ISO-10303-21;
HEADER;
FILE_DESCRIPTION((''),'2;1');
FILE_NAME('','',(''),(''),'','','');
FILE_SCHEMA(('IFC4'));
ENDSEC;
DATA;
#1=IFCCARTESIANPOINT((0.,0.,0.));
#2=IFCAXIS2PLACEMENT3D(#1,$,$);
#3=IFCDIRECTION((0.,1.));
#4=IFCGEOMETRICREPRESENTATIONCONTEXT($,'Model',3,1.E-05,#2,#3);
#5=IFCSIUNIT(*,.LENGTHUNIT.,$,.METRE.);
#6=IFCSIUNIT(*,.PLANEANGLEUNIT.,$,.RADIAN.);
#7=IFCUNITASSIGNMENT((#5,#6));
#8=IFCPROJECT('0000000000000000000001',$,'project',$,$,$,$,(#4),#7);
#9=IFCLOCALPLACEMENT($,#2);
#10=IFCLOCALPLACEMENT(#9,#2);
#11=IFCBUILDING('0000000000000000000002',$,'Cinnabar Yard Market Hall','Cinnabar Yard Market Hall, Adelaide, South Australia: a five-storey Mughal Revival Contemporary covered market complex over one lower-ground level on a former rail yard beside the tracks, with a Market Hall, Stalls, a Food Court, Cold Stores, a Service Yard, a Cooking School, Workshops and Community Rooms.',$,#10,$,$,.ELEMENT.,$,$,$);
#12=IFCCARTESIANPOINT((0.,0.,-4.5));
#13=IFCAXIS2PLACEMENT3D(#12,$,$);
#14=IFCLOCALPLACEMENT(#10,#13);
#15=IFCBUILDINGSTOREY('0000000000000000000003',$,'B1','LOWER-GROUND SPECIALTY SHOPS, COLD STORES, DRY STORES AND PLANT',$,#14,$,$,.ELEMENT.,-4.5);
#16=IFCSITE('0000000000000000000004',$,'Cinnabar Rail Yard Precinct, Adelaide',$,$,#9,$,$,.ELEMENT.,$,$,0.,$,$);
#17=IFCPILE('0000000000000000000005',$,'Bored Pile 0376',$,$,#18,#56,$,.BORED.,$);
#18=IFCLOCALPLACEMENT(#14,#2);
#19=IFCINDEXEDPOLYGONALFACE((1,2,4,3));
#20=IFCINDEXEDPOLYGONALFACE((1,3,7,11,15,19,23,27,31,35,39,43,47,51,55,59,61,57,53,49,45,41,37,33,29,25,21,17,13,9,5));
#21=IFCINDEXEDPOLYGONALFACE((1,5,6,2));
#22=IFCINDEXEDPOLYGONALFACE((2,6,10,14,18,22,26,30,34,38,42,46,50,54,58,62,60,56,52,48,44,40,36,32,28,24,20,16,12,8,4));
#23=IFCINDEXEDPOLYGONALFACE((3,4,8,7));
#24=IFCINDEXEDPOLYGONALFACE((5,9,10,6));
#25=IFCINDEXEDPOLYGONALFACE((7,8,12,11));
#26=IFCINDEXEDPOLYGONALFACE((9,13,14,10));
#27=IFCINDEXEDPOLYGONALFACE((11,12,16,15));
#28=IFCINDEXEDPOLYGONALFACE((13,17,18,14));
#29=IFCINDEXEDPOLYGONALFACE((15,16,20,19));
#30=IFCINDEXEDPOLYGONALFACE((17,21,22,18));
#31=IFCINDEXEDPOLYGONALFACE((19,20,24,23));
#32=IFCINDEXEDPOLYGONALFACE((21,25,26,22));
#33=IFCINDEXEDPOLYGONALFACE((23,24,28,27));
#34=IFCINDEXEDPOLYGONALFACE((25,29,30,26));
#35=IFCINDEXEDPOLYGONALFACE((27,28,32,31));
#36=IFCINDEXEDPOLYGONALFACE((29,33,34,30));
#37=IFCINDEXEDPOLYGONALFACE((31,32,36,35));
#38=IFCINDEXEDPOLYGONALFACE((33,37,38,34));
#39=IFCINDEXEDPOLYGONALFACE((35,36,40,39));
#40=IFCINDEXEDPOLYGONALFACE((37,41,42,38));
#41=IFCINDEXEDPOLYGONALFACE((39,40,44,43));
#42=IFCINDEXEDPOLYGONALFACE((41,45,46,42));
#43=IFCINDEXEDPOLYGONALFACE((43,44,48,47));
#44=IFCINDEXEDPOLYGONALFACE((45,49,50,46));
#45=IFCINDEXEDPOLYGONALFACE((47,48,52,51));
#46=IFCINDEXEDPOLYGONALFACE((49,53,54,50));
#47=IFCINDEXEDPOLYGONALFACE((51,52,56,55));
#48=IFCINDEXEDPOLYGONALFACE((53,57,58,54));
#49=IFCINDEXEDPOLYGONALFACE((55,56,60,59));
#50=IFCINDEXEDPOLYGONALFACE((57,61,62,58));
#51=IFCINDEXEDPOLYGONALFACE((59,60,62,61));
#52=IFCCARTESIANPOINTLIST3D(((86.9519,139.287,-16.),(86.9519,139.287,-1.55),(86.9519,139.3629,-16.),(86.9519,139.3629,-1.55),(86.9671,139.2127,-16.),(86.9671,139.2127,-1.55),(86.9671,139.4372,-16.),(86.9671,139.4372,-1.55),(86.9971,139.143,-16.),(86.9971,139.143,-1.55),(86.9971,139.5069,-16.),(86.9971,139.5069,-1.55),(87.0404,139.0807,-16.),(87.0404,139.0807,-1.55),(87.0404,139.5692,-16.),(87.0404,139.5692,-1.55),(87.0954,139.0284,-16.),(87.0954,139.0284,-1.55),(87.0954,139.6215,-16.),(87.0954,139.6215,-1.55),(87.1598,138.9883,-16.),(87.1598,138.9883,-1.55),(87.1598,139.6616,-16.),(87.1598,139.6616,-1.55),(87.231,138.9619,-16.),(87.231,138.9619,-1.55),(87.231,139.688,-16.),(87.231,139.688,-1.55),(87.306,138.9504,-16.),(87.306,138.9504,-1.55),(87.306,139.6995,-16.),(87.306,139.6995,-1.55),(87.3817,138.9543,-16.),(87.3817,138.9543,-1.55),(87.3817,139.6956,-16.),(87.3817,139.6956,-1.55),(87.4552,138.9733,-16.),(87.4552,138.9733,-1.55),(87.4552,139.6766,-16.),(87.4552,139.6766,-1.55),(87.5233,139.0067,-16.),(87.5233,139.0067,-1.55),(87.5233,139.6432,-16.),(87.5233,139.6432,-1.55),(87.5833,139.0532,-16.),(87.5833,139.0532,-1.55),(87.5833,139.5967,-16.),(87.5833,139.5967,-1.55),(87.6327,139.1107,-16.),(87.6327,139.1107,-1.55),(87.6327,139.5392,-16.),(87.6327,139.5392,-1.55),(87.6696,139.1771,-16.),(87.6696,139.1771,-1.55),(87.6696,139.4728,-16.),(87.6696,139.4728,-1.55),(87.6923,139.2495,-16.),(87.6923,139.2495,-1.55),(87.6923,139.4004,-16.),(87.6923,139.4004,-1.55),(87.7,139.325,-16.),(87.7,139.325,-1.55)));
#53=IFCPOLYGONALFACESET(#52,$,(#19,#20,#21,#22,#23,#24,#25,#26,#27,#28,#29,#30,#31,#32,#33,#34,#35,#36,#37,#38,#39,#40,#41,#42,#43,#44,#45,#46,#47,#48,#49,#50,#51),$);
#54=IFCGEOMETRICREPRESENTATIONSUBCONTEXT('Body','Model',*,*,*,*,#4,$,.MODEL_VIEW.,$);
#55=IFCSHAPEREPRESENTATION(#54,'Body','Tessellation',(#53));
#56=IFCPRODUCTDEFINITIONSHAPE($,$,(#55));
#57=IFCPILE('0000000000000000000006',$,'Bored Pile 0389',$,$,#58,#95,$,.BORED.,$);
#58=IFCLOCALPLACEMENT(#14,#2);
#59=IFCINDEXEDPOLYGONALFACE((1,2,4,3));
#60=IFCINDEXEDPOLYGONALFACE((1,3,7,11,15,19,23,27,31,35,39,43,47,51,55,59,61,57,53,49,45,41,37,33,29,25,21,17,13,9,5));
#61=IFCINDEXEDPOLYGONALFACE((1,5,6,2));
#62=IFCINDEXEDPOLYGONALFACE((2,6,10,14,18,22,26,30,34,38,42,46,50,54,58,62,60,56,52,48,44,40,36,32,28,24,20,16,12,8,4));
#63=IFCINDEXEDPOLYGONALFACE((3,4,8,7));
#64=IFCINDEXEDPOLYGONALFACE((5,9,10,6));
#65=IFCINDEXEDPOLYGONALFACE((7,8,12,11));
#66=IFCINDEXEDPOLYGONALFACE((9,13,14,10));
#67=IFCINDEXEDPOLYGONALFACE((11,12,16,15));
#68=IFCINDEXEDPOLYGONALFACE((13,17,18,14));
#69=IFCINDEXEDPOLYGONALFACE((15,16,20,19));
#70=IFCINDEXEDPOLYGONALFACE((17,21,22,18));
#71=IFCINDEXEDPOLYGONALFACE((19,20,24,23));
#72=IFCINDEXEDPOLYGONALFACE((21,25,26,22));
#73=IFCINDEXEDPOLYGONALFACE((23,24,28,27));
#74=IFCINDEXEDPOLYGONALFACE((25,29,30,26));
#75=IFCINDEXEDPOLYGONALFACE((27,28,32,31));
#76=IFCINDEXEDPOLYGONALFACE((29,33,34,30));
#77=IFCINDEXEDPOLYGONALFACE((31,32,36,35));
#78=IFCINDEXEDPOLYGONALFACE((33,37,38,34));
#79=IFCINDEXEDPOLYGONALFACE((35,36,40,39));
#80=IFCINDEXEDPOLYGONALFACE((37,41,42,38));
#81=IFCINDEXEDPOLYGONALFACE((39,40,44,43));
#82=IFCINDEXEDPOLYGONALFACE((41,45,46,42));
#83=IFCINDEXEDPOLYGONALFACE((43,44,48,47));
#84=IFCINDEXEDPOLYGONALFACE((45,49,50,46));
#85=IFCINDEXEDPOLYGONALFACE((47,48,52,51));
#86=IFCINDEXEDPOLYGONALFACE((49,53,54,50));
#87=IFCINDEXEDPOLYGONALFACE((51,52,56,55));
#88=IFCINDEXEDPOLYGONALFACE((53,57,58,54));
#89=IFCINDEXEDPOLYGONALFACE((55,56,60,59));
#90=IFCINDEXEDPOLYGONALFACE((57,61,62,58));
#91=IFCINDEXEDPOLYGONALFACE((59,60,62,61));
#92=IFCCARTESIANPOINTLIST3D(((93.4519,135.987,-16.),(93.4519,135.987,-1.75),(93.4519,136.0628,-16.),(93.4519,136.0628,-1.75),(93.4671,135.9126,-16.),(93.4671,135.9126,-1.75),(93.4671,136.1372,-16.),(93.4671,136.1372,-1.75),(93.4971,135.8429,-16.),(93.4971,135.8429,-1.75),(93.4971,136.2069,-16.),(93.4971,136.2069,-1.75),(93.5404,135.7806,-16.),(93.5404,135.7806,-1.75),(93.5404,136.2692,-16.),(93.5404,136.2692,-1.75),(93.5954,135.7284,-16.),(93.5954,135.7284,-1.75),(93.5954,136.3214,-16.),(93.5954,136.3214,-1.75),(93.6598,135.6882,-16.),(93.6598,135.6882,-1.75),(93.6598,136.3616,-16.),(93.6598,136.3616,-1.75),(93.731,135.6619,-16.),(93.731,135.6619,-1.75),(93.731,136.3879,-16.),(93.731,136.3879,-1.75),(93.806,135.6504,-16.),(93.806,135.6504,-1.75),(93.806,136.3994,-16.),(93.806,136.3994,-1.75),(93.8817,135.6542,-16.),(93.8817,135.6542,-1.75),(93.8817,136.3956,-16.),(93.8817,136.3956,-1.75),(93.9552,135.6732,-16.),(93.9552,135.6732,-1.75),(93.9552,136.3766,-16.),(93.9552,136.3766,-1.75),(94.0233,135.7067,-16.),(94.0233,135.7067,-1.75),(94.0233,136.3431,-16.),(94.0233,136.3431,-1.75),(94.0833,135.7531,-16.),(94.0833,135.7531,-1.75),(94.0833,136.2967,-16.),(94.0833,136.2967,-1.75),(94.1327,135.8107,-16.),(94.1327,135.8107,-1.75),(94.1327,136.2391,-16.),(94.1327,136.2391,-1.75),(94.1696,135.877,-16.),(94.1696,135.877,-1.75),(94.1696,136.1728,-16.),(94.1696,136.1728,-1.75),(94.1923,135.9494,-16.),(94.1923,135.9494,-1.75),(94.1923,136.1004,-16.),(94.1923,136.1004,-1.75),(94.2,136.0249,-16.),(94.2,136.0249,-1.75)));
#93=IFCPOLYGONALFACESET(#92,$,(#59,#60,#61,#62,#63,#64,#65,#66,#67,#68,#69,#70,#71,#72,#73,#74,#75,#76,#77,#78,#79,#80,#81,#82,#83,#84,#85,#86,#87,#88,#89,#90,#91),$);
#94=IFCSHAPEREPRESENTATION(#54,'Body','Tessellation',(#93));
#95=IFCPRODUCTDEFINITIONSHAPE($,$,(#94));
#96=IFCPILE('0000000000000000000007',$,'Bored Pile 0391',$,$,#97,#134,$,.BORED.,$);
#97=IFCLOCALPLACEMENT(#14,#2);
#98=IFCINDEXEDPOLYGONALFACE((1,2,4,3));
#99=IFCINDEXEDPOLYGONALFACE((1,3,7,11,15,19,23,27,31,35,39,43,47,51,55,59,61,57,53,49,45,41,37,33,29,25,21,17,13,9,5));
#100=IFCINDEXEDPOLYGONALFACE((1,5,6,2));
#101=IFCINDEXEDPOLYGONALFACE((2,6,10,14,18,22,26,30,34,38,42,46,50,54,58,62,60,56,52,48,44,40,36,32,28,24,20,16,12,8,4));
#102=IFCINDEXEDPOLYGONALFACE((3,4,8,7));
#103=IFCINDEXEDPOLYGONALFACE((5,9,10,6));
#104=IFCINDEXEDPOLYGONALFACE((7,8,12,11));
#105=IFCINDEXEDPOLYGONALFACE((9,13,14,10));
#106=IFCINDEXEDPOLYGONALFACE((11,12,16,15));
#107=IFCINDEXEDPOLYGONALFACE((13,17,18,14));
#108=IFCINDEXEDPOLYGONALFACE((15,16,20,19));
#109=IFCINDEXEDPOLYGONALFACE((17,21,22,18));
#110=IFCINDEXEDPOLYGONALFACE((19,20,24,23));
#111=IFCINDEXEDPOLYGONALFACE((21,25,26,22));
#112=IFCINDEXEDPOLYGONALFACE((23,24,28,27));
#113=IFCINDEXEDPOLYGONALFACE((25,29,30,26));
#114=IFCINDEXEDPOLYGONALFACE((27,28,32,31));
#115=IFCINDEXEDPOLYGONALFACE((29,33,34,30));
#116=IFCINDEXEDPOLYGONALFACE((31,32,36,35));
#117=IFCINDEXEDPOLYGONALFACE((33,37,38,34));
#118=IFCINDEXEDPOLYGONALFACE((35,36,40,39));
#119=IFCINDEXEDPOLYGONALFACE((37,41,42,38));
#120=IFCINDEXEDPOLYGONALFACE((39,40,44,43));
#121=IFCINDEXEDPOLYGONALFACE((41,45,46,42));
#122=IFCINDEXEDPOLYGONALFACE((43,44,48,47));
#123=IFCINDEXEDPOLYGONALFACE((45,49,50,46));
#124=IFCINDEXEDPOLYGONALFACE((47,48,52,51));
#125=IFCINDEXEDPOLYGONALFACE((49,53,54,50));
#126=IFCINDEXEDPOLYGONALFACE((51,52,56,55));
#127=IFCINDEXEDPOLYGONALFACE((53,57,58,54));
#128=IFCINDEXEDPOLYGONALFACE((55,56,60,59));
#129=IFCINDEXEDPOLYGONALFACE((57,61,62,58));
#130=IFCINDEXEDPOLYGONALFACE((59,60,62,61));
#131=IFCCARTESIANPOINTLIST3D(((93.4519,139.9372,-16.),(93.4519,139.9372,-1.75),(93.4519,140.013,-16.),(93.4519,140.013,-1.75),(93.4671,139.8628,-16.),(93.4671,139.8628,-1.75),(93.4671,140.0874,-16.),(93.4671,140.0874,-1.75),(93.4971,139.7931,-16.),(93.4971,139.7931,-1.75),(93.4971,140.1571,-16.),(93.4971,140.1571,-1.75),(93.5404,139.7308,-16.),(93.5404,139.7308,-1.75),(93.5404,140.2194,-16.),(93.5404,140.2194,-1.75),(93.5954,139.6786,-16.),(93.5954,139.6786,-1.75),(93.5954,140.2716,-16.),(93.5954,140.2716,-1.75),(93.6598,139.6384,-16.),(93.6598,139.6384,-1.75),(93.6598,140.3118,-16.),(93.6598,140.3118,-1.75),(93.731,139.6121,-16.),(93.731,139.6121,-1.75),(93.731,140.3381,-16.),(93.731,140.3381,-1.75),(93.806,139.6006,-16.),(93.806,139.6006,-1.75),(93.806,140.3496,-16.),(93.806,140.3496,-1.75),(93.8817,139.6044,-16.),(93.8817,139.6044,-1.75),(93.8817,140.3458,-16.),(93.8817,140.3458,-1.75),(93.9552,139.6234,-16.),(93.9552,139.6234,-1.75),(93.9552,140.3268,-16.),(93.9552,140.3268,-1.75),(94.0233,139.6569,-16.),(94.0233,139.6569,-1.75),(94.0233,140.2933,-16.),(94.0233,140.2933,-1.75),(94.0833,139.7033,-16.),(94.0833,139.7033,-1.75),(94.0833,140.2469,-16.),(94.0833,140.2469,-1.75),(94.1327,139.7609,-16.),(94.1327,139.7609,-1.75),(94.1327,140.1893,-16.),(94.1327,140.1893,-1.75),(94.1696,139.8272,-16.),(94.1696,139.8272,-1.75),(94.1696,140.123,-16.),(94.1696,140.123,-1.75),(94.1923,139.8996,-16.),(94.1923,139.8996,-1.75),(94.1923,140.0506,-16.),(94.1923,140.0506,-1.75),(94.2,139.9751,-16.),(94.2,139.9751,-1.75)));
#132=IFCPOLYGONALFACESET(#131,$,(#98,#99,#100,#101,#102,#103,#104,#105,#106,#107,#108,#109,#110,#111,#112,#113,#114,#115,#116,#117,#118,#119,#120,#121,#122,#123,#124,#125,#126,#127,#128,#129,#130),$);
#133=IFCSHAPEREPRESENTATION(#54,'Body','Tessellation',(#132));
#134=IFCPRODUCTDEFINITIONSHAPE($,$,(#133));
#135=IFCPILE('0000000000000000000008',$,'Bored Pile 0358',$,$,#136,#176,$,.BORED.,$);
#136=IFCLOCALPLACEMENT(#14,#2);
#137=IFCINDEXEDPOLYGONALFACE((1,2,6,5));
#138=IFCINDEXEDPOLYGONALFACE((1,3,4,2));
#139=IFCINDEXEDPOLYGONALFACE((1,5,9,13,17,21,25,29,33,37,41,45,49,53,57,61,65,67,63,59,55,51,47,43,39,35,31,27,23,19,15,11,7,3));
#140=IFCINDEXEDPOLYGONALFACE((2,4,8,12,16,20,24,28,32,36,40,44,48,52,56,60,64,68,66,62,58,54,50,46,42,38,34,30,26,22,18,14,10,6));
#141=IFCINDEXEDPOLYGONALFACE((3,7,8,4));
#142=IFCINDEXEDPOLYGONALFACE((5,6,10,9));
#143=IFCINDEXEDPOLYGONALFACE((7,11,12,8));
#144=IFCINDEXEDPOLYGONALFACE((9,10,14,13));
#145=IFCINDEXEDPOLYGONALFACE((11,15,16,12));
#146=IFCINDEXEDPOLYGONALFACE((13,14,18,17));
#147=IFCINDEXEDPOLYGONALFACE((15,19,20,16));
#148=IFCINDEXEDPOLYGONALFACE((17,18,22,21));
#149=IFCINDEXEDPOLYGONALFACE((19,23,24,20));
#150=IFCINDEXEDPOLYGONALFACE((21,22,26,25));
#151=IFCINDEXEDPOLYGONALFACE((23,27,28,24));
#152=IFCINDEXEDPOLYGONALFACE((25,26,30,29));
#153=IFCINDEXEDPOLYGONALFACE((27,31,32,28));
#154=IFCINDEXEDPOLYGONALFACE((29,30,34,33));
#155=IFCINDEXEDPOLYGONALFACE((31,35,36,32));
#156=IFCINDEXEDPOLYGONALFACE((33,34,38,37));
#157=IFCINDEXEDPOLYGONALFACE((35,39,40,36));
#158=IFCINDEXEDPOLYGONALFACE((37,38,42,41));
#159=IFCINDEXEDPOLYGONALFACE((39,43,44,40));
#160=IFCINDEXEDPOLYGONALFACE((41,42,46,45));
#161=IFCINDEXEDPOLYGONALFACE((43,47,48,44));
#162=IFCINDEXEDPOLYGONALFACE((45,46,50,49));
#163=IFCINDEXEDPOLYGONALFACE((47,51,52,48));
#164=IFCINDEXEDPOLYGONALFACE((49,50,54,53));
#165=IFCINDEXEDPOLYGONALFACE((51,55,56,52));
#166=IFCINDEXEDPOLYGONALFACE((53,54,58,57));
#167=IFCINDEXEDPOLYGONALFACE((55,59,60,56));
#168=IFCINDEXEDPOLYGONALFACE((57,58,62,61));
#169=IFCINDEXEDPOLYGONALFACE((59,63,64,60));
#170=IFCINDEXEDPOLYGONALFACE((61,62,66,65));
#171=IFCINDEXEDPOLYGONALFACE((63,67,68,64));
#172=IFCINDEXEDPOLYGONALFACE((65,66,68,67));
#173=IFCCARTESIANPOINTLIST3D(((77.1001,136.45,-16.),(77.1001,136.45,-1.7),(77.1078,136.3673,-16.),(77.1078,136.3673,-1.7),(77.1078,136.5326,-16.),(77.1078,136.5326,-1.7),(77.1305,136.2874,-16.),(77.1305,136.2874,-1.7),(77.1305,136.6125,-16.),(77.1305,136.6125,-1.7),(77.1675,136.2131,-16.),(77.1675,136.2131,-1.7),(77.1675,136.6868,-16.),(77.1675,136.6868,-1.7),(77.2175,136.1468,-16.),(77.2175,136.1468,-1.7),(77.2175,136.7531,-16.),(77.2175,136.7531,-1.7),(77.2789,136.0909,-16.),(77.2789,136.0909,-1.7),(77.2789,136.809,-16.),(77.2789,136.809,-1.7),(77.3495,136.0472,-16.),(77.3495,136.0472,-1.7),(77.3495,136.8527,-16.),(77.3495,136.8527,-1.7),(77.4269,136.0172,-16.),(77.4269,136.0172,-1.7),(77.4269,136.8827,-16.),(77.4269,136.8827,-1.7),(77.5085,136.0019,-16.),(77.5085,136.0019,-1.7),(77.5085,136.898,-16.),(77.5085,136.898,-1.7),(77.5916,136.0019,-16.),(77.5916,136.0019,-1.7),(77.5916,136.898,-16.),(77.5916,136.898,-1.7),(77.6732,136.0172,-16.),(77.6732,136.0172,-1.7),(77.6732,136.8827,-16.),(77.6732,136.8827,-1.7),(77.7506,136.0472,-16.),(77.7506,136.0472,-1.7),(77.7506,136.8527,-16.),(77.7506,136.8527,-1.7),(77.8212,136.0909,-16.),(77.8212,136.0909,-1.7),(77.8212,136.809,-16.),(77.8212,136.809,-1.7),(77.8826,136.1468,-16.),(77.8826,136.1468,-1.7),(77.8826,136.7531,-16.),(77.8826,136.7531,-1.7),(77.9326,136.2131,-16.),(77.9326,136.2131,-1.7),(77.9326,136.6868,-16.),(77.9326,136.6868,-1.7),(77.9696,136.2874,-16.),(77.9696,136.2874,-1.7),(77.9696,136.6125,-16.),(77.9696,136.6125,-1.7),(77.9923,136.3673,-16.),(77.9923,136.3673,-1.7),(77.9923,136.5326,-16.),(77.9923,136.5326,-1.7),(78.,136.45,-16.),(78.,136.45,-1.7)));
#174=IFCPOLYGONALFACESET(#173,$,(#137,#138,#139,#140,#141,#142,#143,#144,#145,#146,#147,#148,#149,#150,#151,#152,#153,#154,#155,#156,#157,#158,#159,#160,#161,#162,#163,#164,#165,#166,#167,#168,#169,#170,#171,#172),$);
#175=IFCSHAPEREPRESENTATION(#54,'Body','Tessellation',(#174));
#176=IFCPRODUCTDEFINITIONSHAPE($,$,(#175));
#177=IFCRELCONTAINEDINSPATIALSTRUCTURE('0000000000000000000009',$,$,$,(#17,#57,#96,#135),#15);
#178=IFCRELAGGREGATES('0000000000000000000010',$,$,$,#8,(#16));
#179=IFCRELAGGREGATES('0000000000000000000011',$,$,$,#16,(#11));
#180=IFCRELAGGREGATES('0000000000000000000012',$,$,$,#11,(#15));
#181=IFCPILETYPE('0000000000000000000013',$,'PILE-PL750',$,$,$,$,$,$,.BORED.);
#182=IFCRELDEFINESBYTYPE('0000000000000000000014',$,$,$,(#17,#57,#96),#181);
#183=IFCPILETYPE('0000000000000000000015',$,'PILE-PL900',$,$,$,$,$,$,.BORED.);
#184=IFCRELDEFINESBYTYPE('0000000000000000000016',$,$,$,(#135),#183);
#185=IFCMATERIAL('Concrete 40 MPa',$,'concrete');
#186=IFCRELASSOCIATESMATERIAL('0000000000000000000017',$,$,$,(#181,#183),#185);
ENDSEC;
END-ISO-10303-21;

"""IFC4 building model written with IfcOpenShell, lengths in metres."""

from ifc_helpers import new_model, si_unit, direction, frame, origin, origin_2d_with_axis, place, context, subcontext, project, spatial, circle, extrude, material, material_profile, profile_set, type_object, element, save


model = new_model("IFC4")

# Units and contexts
model_context = context("Model", 3, precision=1e-05, world=origin(), true_north=direction((0.0, 1.0)))
body_context = subcontext(model_context, "Body", "Model", "MODEL_VIEW")
ifc_project = project(units=[si_unit("LENGTHUNIT", "METRE"), si_unit("PLANEANGLEUNIT", "RADIAN")], contexts=[model_context])

# Site, building, storey
site_placement = place(None, origin())
site = spatial("IfcSite", under=ifc_project, at=site_placement, Name="Cinnabar Rail Yard Precinct, Adelaide", CompositionType="ELEMENT", RefElevation=0.0)
building_placement = place(site_placement, origin())
building = spatial("IfcBuilding", under=site, at=building_placement, Name="Cinnabar Yard Market Hall", Description="Cinnabar Yard Market Hall, Adelaide, South Australia: a five-storey Mughal Revival Contemporary covered market complex over one lower-ground level on a former rail yard beside the tracks, with a Market Hall, Stalls, a Food Court, Cold Stores, a Service Yard, a Cooking School, Workshops and Community Rooms.", CompositionType="ELEMENT")
storey_placement = place(building_placement, frame((0.0, 0.0, -4.5)))
storey = spatial("IfcBuildingStorey", under=building, at=storey_placement, Name="B1", Description="LOWER-GROUND SPECIALTY SHOPS, COLD STORES, DRY STORES AND PLANT", CompositionType="ELEMENT", Elevation=-4.5)

# Shared definitions
ifc_material_1 = material(Name="Concrete 40 MPa", Category="concrete")

# Piles
ifc_material_profile_1 = material_profile(ifc_material_1, circle(Radius=0.375, at=origin_2d_with_axis()), Name="PILE-D750")
ifc_profile_set_1 = profile_set([ifc_material_profile_1], Name="Concrete 40 MPa")
pile_type_1 = type_object("IfcPileType", Name="PILE-PL750", PredefinedType="BORED", material=ifc_profile_set_1)
for number, where, z_axis, x_axis, name in (
    (1, (87.325, 139.325, -1.55), (0.0, 0.0, -1.0), (1.0, 0.0, 0.0), "Bored Pile 0376"),
):
    element("IfcPile", number, at=place(storey_placement, frame(where, z_axis=z_axis, x_axis=x_axis)), inside=storey, type_object=pile_type_1, Name=name, PredefinedType="BORED", context=body_context, shape_type="SweptSolid", body=[
        extrude(circle(Radius=0.375, at=origin_2d_with_axis()), origin(), (0.0, 0.0, 1.0), 14.45),
    ])
for number, where, z_axis, x_axis, name in (
    (2, (93.825, 136.0249, -1.75), (0.0, 0.0, -1.0), (1.0, 0.0, 0.0), "Bored Pile 0389"),
    (3, (93.825, 139.9751, -1.75), (0.0, 0.0, -1.0), (1.0, 0.0, 0.0), "Bored Pile 0391"),
):
    element("IfcPile", number, at=place(storey_placement, frame(where, z_axis=z_axis, x_axis=x_axis)), inside=storey, type_object=pile_type_1, Name=name, PredefinedType="BORED", context=body_context, shape_type="SweptSolid", body=[
        extrude(circle(Radius=0.375, at=origin_2d_with_axis()), origin(), (0.0, 0.0, 1.0), 14.25),
    ])
ifc_material_profile_2 = material_profile(ifc_material_1, circle(Radius=0.45, at=origin_2d_with_axis()), Name="PILE-D900")
ifc_profile_set_2 = profile_set([ifc_material_profile_2], Name="Concrete 40 MPa")
pile_type_2 = type_object("IfcPileType", Name="PILE-PL900", PredefinedType="BORED", material=ifc_profile_set_2)
for number, where, z_axis, x_axis, name in (
    (4, (77.55, 136.45, -1.7), (0.0, 0.0, -1.0), (1.0, 0.0, 0.0), "Bored Pile 0358"),
):
    element("IfcPile", number, at=place(storey_placement, frame(where, z_axis=z_axis, x_axis=x_axis)), inside=storey, type_object=pile_type_2, Name=name, PredefinedType="BORED", context=body_context, shape_type="SweptSolid", body=[
        extrude(circle(Radius=0.45, at=origin_2d_with_axis()), origin(), (0.0, 0.0, 1.0), 14.3),
    ])

save(model, "model.ifc")
